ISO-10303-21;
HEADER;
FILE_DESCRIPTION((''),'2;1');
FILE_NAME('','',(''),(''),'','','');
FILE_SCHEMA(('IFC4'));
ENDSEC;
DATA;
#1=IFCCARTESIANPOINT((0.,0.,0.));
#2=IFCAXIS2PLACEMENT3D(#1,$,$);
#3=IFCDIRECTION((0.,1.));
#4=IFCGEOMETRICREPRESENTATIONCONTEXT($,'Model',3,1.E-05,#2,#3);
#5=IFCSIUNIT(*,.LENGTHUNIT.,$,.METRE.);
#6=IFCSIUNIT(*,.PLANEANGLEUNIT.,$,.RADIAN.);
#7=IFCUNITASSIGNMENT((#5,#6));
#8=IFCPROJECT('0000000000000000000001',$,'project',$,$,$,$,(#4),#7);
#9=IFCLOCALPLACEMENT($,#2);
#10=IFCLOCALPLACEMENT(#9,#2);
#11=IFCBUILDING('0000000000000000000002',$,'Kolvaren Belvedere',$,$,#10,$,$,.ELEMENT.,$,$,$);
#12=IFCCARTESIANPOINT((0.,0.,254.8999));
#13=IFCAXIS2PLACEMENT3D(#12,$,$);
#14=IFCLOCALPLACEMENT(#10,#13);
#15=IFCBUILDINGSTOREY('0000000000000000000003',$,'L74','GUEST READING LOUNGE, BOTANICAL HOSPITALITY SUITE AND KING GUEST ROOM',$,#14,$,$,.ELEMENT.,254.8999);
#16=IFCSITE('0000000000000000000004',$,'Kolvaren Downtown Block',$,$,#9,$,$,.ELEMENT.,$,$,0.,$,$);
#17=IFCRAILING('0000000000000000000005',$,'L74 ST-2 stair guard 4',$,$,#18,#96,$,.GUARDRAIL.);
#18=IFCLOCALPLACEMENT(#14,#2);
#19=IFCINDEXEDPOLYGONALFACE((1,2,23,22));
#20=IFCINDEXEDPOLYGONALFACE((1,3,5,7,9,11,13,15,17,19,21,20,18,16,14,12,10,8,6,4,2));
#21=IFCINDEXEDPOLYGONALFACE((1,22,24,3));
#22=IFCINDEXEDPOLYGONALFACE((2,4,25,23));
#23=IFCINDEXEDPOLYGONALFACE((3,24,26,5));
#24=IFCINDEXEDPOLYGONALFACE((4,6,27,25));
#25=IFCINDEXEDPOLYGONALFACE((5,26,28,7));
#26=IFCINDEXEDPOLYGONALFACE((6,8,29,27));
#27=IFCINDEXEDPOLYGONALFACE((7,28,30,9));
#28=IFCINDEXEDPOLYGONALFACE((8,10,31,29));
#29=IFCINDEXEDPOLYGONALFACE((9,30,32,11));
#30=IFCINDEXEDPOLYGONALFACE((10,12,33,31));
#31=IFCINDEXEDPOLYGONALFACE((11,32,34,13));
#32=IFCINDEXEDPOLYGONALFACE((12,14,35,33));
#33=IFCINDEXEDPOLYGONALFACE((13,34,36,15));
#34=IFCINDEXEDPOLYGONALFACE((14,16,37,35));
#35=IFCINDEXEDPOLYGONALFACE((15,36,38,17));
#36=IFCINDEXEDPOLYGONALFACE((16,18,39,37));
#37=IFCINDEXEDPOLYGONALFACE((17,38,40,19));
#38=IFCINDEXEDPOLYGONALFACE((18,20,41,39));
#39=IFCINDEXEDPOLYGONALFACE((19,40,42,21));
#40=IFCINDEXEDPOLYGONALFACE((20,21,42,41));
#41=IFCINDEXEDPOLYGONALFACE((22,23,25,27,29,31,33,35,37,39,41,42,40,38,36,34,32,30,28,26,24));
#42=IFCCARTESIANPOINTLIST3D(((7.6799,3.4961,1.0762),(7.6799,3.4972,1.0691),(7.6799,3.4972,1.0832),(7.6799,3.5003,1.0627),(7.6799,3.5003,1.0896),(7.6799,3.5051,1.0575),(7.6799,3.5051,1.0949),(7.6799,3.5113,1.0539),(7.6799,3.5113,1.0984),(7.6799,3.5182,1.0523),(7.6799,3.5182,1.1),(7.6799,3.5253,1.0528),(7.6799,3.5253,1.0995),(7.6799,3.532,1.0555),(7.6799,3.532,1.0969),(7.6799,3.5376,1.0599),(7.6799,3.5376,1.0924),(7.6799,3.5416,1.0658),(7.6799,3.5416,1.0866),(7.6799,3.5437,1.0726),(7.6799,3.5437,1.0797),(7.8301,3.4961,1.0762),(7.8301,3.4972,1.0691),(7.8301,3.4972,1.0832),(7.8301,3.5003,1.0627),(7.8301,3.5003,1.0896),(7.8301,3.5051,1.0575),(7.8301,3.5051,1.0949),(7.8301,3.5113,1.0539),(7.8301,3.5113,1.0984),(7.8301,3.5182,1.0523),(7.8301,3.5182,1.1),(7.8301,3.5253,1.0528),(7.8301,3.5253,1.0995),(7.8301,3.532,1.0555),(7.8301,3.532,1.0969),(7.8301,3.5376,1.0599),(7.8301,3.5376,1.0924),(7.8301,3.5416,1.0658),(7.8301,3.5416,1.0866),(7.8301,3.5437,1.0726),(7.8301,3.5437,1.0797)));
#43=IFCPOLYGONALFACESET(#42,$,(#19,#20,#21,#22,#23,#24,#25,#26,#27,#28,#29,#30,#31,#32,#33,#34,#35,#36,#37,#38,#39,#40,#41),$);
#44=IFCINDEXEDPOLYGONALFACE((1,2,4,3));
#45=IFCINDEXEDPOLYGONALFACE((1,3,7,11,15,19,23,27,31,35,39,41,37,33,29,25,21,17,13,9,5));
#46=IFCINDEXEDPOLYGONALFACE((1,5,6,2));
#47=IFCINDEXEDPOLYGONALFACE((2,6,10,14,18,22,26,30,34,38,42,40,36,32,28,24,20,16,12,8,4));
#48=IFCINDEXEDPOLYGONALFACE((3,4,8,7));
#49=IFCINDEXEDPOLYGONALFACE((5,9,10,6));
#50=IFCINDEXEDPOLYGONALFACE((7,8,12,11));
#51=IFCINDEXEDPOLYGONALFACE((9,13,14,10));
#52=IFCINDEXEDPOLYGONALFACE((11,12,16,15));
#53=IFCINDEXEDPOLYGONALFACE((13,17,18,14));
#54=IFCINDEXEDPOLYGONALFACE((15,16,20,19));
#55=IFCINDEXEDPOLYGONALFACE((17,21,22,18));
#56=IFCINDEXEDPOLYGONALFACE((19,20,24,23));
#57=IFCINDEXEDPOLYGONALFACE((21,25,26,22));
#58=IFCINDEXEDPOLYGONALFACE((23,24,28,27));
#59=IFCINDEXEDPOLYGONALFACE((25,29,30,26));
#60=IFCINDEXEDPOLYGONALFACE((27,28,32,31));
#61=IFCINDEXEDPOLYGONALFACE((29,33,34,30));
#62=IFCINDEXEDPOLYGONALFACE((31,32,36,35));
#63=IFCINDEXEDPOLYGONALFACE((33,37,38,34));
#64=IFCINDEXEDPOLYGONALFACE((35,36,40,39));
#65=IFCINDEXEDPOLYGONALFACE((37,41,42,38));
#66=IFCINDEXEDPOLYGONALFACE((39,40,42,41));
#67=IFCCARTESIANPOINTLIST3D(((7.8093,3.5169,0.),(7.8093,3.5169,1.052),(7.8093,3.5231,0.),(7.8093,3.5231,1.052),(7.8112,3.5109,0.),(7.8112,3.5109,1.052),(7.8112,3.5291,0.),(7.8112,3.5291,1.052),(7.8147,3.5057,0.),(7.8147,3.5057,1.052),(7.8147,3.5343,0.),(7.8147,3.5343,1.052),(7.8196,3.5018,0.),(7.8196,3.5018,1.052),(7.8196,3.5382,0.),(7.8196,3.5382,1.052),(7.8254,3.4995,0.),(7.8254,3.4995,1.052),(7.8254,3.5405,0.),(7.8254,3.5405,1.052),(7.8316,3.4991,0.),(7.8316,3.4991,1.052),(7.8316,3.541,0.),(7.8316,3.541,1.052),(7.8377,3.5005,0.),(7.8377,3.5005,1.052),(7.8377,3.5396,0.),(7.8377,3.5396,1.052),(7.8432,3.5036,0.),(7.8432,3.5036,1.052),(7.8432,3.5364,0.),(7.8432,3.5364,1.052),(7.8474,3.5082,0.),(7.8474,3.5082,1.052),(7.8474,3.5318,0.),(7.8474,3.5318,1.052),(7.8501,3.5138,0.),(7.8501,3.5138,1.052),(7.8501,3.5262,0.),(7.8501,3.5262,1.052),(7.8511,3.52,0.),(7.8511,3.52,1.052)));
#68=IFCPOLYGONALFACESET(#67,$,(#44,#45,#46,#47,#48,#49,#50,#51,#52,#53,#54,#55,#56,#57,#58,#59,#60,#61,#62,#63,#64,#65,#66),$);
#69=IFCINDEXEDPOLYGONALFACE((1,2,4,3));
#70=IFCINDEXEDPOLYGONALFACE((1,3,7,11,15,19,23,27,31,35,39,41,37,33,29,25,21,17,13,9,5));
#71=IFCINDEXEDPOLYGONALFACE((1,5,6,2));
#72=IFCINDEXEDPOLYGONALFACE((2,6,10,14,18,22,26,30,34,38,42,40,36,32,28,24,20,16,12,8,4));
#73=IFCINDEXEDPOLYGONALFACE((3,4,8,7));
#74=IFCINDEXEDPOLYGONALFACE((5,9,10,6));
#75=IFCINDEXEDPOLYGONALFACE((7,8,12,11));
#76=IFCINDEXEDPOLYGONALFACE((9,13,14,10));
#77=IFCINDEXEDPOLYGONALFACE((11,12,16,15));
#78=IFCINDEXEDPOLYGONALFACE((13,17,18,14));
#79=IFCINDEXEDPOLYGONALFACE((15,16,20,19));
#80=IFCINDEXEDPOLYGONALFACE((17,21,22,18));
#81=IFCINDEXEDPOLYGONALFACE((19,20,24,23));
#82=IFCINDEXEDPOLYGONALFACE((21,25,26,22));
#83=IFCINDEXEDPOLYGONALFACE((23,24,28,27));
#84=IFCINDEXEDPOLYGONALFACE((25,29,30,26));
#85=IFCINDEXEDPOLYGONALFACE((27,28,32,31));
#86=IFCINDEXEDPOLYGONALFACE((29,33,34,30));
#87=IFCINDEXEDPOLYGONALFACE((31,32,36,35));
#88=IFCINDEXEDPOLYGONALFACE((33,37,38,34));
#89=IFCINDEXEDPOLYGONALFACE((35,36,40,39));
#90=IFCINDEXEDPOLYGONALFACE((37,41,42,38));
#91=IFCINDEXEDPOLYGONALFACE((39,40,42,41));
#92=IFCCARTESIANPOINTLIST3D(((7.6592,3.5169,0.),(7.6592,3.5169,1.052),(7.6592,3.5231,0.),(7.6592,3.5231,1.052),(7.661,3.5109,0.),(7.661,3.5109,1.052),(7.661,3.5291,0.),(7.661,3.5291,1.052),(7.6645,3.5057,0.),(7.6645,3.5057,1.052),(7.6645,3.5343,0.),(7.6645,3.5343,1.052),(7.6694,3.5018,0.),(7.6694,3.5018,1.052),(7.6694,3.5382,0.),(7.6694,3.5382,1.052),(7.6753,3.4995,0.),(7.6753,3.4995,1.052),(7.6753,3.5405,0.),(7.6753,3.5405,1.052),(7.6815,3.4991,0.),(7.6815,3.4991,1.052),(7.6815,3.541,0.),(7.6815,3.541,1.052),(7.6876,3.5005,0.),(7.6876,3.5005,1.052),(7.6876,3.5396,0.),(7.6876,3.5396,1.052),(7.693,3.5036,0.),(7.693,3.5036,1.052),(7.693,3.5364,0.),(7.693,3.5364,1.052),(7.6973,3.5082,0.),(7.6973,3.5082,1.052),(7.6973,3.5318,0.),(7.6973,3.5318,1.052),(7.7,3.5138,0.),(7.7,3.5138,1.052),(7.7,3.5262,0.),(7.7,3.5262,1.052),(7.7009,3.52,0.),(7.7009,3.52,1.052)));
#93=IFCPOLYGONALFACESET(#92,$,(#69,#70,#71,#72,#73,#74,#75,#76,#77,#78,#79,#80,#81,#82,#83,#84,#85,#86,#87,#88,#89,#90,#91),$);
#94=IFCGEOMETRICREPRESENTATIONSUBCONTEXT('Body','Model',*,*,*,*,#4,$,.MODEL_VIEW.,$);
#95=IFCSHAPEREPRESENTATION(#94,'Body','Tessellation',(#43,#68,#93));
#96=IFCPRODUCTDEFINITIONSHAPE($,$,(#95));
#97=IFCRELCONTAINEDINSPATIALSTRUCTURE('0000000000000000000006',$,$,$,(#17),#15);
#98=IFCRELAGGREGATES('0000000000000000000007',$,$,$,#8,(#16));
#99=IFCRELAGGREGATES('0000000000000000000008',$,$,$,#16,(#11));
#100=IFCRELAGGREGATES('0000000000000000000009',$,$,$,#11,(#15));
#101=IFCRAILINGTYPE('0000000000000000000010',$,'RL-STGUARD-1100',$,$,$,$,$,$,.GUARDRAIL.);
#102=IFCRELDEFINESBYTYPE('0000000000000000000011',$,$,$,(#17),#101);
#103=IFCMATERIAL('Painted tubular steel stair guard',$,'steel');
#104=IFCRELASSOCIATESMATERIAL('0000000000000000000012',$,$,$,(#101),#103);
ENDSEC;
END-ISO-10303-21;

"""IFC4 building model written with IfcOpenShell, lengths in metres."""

from ifc_helpers import new_model, si_unit, direction, frame, origin, origin_2d, place, context, subcontext, project, spatial, circle, extrude, material, type_object, element, save


model = new_model("IFC4")

# Units and contexts
model_context = context("Model", 3, precision=1e-05, world=origin(), true_north=direction((0.0, 1.0)))
body_context = subcontext(model_context, "Body", "Model", "MODEL_VIEW")
ifc_project = project(units=[si_unit("LENGTHUNIT", "METRE"), si_unit("PLANEANGLEUNIT", "RADIAN")], contexts=[model_context])

# Site, building, storey
site_placement = place(None, origin())
site = spatial("IfcSite", under=ifc_project, at=site_placement, Name="Kolvaren Downtown Block", CompositionType="ELEMENT", RefElevation=0.0)
building_placement = place(site_placement, origin())
building = spatial("IfcBuilding", under=site, at=building_placement, Name="Kolvaren Belvedere", CompositionType="ELEMENT")
storey_placement = place(building_placement, frame((0.0, 0.0, 254.8999)))
storey = spatial("IfcBuildingStorey", under=building, at=storey_placement, Name="L74", Description="GUEST READING LOUNGE, BOTANICAL HOSPITALITY SUITE AND KING GUEST ROOM", CompositionType="ELEMENT", Elevation=254.8999)

# Railing
ifc_material_1 = material(Name="Painted tubular steel stair guard", Category="steel")
railing_type_1 = type_object("IfcRailingType", Name="RL-STGUARD-1100", PredefinedType="GUARDRAIL", material=ifc_material_1)
railing_1_placement = place(storey_placement, frame((7.8301, 3.52, 0.0)))
element("IfcRailing", 1, at=railing_1_placement, inside=storey, type_object=railing_type_1, Name="L74 ST-2 stair guard 4", PredefinedType="GUARDRAIL", context=body_context, shape_type="SweptSolid", body=[
    extrude(circle(Radius=0.0239, at=origin_2d()), frame((0.0, 0.0, 1.0762), z_axis=(-1.0, 0.0, 0.0), x_axis=(0.0, -1.0, 0.0)), (0.0, 0.0, 1.0), 0.1501),
    extrude(circle(Radius=0.021, at=origin_2d()), origin(), (0.0, 0.0, 1.0), 1.052),
    extrude(circle(Radius=0.021, at=origin_2d()), frame((-0.1501, 0.0, 0.0)), (0.0, 0.0, 1.0), 1.052),
])

save(model, "model.ifc")
